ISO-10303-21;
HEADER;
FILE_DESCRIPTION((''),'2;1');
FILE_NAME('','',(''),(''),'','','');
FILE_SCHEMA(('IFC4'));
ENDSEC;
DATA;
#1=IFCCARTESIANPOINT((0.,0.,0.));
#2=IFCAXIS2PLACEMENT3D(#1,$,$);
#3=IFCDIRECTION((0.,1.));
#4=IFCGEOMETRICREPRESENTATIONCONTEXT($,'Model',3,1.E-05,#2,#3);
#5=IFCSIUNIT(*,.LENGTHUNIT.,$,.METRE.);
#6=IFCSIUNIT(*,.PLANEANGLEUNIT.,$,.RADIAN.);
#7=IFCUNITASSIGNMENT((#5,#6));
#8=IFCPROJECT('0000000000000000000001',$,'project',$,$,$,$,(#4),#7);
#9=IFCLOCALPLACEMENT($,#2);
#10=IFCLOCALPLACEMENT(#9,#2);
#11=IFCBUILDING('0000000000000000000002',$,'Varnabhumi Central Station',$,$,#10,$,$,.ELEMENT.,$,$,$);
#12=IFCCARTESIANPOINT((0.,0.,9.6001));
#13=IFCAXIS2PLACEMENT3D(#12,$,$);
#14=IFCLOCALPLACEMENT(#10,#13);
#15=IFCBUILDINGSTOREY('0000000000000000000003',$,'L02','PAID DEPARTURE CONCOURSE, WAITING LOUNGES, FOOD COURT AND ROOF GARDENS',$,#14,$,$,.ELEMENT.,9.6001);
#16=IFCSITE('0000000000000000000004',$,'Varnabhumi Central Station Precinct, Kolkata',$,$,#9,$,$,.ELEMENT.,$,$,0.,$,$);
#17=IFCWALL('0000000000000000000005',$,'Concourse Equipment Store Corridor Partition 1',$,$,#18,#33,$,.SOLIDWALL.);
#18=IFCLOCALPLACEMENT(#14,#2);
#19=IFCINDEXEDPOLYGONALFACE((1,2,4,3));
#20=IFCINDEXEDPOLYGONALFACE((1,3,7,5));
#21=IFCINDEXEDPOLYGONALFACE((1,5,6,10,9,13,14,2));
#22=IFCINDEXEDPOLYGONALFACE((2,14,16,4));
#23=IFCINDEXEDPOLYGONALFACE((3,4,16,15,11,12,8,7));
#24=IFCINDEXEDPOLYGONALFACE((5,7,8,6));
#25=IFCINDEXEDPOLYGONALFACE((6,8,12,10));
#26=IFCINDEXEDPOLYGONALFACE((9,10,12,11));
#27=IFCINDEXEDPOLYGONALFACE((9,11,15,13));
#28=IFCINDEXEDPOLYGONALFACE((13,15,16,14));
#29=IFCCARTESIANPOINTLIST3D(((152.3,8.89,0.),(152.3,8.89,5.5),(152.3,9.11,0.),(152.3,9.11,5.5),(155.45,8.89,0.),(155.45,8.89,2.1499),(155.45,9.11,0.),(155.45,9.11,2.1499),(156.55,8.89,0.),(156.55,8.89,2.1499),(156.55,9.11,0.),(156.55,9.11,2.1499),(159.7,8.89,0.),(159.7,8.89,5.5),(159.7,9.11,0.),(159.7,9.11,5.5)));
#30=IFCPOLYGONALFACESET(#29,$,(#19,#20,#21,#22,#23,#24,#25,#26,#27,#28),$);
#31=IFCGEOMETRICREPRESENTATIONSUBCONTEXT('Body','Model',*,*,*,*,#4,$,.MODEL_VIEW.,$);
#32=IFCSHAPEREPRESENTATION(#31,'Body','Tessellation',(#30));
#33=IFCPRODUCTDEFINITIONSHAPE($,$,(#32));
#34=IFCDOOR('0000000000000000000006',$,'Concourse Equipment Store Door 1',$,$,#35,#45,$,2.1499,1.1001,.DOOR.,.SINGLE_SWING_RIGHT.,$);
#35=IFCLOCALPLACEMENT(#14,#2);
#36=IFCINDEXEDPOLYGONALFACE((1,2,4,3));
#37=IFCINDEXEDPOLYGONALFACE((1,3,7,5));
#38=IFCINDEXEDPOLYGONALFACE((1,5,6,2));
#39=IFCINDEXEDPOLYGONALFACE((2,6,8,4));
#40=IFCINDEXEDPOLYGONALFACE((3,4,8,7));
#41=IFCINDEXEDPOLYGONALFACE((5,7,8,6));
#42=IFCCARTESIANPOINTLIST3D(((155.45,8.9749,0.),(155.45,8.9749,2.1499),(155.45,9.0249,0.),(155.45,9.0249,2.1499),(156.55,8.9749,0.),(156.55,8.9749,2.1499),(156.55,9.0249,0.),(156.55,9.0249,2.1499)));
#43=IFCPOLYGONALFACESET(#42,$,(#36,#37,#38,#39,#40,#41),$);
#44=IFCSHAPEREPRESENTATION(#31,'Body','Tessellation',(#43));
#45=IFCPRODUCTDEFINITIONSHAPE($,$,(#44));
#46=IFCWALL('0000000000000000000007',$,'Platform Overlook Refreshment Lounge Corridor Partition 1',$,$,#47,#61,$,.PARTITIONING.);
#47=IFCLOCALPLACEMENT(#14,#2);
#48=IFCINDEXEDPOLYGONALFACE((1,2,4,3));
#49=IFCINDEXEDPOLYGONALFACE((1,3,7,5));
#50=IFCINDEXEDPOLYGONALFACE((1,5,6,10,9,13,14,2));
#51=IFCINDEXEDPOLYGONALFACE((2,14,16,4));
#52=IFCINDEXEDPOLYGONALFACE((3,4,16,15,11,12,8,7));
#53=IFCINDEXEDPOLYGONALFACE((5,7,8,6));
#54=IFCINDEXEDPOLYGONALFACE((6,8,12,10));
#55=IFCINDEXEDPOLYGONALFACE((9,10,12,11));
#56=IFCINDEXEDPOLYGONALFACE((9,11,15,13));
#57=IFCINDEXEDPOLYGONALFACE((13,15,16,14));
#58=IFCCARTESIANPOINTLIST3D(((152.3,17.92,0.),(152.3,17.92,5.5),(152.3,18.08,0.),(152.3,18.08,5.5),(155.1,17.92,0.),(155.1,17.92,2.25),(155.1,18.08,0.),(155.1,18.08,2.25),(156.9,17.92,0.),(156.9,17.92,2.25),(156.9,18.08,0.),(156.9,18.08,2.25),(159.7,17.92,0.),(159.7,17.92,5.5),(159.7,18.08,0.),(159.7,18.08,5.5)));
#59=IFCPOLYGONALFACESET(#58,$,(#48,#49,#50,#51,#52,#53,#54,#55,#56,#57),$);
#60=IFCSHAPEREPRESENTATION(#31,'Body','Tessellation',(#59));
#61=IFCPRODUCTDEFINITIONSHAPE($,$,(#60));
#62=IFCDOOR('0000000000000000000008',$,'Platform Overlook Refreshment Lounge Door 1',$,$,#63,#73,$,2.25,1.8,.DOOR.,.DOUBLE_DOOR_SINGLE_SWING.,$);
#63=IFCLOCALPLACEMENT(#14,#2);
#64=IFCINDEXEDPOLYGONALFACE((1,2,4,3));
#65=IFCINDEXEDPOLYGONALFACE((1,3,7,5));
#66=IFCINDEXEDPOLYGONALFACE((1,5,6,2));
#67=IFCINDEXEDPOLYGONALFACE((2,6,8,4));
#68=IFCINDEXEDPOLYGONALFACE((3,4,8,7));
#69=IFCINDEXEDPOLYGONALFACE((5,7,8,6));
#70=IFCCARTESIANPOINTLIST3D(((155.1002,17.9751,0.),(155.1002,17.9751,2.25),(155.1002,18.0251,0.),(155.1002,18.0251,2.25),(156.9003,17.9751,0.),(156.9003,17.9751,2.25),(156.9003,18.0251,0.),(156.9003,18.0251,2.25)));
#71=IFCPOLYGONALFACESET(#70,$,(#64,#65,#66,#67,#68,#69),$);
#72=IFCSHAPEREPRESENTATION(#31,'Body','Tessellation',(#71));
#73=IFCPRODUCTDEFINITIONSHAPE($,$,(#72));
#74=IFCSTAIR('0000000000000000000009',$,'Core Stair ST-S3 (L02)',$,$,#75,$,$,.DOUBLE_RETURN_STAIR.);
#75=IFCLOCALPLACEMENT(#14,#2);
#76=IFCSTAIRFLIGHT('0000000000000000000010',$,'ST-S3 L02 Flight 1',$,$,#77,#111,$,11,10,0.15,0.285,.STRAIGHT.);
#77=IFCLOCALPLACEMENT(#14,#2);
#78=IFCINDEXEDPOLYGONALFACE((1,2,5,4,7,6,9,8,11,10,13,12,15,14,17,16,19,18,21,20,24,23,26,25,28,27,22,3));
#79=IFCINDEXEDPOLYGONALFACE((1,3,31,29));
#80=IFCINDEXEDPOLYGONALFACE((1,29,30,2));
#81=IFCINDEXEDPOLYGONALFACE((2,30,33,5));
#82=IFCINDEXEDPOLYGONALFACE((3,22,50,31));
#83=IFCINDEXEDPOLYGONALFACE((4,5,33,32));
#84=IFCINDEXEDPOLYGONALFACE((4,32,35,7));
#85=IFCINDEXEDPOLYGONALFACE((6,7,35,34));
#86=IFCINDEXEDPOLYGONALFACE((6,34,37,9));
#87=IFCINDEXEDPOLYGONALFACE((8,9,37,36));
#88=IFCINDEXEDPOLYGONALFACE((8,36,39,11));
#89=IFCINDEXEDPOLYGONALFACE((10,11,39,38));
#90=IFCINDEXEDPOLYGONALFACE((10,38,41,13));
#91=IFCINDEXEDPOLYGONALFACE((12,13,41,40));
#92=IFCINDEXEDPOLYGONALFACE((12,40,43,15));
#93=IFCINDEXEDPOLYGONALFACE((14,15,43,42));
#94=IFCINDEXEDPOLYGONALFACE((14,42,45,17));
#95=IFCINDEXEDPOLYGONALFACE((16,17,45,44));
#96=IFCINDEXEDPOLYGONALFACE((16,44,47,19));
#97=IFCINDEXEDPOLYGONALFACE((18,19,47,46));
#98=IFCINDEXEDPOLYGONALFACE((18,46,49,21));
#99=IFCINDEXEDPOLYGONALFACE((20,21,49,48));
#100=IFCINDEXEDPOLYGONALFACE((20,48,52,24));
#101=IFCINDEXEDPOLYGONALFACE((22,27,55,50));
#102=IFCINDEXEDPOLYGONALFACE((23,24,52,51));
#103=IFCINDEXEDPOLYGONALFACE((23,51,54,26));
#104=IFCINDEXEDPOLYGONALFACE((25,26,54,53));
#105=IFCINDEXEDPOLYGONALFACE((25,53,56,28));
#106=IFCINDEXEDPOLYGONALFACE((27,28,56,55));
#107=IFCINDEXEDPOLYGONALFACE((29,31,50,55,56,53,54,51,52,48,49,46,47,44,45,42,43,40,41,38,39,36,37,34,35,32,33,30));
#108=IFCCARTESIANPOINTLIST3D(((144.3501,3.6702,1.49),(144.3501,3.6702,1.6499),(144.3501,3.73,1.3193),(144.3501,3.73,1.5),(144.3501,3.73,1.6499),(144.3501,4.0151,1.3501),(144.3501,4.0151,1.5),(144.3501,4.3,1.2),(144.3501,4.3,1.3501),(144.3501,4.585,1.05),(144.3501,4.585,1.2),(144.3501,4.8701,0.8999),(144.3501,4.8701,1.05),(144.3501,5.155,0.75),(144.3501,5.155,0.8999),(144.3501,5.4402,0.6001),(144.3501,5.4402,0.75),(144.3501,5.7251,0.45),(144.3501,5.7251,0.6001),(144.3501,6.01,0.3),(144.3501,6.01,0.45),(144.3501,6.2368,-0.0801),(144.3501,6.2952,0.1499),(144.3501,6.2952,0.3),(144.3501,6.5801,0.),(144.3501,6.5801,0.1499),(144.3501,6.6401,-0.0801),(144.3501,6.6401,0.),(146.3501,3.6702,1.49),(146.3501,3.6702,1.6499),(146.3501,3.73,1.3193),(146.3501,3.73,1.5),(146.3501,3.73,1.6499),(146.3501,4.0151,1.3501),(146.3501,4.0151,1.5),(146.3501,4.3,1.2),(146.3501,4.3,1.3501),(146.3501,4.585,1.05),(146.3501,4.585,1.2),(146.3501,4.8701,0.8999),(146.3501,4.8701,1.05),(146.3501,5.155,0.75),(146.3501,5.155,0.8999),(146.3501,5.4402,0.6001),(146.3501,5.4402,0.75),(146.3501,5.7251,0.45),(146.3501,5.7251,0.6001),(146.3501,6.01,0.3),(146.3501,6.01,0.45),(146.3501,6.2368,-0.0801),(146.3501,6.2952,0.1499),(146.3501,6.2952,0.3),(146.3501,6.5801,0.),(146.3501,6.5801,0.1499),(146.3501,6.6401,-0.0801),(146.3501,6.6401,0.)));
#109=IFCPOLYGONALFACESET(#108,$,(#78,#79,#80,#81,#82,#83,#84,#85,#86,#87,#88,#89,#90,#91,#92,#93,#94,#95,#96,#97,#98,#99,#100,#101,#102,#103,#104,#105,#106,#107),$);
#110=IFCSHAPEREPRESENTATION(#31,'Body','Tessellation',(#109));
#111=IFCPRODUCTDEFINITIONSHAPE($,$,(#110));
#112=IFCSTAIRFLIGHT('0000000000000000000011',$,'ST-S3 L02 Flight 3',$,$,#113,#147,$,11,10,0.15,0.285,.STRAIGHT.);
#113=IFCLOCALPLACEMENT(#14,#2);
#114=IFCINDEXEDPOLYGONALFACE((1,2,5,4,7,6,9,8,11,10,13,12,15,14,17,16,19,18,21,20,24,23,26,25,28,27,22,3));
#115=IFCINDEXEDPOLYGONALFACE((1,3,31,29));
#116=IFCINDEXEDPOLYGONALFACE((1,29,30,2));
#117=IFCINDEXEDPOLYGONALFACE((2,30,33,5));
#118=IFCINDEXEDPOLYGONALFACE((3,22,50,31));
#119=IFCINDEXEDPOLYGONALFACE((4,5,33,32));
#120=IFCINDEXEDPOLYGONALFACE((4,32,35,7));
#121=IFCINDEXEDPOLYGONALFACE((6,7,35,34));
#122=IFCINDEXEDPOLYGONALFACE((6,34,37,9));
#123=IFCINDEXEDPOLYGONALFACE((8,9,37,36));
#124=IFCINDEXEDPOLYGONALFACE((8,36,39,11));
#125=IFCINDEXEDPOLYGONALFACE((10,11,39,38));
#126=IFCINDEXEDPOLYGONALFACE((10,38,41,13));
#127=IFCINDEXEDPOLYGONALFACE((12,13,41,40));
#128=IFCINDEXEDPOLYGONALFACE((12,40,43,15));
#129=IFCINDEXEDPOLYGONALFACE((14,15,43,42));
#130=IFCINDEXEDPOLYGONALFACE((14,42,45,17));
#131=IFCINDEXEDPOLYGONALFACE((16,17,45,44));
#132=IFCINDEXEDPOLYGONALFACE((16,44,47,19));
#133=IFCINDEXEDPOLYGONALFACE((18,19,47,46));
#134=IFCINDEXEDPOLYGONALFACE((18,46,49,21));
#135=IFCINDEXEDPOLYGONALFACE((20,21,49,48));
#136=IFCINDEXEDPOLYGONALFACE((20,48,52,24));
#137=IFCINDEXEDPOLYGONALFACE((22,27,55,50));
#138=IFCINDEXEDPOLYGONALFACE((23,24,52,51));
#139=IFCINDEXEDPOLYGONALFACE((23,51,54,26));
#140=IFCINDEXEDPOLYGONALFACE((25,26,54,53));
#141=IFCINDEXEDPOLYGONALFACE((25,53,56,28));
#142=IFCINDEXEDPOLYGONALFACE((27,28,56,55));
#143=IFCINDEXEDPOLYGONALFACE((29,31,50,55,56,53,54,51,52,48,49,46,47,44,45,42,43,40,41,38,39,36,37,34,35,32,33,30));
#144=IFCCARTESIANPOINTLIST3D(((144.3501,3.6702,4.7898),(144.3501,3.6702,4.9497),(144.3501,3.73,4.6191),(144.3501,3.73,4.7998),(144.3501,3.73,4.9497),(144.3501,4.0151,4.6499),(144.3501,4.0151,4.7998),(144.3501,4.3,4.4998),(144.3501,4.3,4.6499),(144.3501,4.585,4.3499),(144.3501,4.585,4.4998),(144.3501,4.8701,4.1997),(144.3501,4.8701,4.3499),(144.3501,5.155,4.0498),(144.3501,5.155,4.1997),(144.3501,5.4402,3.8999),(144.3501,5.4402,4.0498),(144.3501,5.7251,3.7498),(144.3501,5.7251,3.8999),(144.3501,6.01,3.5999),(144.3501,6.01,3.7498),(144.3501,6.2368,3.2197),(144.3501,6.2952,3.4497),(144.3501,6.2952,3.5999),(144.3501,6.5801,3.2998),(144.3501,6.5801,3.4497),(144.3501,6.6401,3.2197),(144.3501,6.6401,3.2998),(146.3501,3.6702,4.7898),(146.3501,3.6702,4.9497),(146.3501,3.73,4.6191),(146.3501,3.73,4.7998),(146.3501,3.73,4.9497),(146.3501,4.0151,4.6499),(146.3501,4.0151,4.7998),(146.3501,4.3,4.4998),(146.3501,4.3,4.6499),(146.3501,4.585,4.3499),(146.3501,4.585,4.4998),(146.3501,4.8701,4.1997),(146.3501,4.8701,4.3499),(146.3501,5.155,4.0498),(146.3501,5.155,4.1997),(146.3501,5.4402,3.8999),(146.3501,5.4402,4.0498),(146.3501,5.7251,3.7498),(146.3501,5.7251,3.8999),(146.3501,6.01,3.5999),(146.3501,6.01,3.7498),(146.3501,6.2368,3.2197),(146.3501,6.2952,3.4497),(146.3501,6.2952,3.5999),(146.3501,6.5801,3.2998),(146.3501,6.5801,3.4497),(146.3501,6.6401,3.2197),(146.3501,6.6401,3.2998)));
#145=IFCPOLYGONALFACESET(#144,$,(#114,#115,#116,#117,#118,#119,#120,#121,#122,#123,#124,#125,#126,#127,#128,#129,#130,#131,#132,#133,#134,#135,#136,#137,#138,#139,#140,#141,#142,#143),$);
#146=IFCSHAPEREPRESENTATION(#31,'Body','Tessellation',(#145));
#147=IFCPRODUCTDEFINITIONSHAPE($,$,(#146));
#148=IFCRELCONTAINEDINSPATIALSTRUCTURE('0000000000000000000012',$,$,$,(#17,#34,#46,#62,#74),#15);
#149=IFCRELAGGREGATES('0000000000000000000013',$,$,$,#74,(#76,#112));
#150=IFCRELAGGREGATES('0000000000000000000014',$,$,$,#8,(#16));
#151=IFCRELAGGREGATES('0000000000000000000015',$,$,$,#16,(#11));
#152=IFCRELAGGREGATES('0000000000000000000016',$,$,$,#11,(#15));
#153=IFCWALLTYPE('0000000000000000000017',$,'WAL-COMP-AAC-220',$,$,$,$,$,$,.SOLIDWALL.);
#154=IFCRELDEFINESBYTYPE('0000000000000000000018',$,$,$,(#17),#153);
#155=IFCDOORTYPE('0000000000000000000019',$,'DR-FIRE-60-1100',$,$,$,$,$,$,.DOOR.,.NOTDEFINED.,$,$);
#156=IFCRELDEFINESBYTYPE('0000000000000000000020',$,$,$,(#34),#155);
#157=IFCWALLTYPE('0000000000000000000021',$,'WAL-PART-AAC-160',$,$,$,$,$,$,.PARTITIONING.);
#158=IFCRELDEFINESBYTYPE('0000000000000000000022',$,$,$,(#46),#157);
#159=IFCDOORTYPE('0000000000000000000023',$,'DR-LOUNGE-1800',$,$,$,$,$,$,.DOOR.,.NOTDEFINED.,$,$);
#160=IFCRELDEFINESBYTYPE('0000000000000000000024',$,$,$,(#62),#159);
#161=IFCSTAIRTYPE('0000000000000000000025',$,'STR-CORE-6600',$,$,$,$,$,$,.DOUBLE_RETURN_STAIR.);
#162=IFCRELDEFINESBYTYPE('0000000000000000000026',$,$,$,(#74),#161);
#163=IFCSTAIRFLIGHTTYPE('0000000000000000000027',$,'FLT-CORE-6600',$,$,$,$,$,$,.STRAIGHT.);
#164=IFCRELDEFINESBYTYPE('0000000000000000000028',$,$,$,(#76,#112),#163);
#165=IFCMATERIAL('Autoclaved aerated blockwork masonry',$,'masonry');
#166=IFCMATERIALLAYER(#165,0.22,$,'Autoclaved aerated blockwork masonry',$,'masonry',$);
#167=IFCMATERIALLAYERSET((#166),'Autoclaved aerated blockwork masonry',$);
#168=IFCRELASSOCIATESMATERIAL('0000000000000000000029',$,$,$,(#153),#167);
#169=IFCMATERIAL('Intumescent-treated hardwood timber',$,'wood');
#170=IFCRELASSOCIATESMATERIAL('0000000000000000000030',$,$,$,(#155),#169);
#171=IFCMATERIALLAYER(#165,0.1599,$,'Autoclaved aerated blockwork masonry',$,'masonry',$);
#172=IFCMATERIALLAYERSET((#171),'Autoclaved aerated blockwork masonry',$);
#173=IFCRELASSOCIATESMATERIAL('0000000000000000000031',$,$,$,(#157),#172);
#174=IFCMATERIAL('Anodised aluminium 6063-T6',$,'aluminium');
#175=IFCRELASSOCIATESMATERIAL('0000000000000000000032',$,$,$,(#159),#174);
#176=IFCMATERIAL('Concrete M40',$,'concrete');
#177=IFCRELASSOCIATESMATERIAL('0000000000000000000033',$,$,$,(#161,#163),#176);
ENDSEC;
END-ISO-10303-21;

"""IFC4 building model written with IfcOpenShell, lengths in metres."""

from ifc_helpers import new_model, si_unit, direction, frame, frame_2d, origin, place, context, subcontext, project, spatial, polyline, rectangle, outline, extrude, material, layer, layer_set, type_object, element, fill, aggregate, save


model = new_model("IFC4")

# Units and contexts
model_context = context("Model", 3, precision=1e-05, world=origin(), true_north=direction((0.0, 1.0)))
body_context = subcontext(model_context, "Body", "Model", "MODEL_VIEW")
ifc_project = project(units=[si_unit("LENGTHUNIT", "METRE"), si_unit("PLANEANGLEUNIT", "RADIAN")], contexts=[model_context])

# Site, building, storey
site_placement = place(None, origin())
site = spatial("IfcSite", under=ifc_project, at=site_placement, Name="Varnabhumi Central Station Precinct, Kolkata", CompositionType="ELEMENT", RefElevation=0.0)
building_placement = place(site_placement, origin())
building = spatial("IfcBuilding", under=site, at=building_placement, Name="Varnabhumi Central Station", CompositionType="ELEMENT")
storey_placement = place(building_placement, frame((0.0, 0.0, 9.6001)))
storey = spatial("IfcBuildingStorey", under=building, at=storey_placement, Name="L02", Description="PAID DEPARTURE CONCOURSE, WAITING LOUNGES, FOOD COURT AND ROOF GARDENS", CompositionType="ELEMENT", Elevation=9.6001)

# Shared definitions
ifc_material_1 = material(Name="Concrete M40", Category="concrete")

# Walls, openings, doors
ifc_material_2 = material(Name="Autoclaved aerated blockwork masonry", Category="masonry")
ifc_layer_1 = layer(ifc_material_2, 0.22, Name="Autoclaved aerated blockwork masonry", Category="masonry")
ifc_layer_set_1 = layer_set([ifc_layer_1], Name="Autoclaved aerated blockwork masonry")
wall_type_1 = type_object("IfcWallType", Name="WAL-COMP-AAC-220", PredefinedType="SOLIDWALL", material=ifc_layer_set_1)
wall_1_placement = place(storey_placement, frame((152.3, 9.0, 0.0), z_axis=(0.0, 0.0, 1.0), x_axis=(1.0, 0.0, 0.0)))
wall_1 = element("IfcWall", 1, at=wall_1_placement, inside=storey, type_object=wall_type_1, Name="Concourse Equipment Store Corridor Partition 1", PredefinedType="SOLIDWALL", context=body_context, shape_type="SweptSolid", body=[
    extrude(rectangle(XDim=7.3999, YDim=0.22, at=frame_2d((3.7, 0.0))), origin(), (0.0, 0.0, 1.0), 5.5),
])
opening_1_placement = place(wall_1_placement, frame((3.1499, 0.0, 0.0)))
opening_1 = element("IfcOpeningElement", 2, at=opening_1_placement, cuts=wall_1, PredefinedType="OPENING", context=body_context, shape_type="SweptSolid", body=[
    extrude(rectangle(XDim=1.1001, YDim=2.1499, at=frame_2d((0.55, 1.075))), frame((0.0, 0.1199, 0.0), z_axis=(0.0, -1.0, 0.0), x_axis=(1.0, 0.0, 0.0)), (0.0, 0.0, 1.0), 0.24),
])
ifc_material_3 = material(Name="Intumescent-treated hardwood timber", Category="wood")
door_type_1 = type_object("IfcDoorType", Name="DR-FIRE-60-1100", OperationType="NOTDEFINED", PredefinedType="DOOR", material=ifc_material_3)
door_1_placement = place(opening_1_placement, origin())
door_1 = element("IfcDoor", 3, at=door_1_placement, inside=storey, type_object=door_type_1, Name="Concourse Equipment Store Door 1", OperationType="SINGLE_SWING_RIGHT", OverallHeight=2.1499, OverallWidth=1.1001, PredefinedType="DOOR", context=body_context, shape_type="SweptSolid", body=[
    extrude(rectangle(XDim=1.1001, YDim=2.1499, at=frame_2d((0.55, 1.075))), frame((0.0, 0.0249, 0.0), z_axis=(0.0, -1.0, 0.0), x_axis=(1.0, 0.0, 0.0)), (0.0, 0.0, 1.0), 0.05),
])
fill(opening_1, door_1)
ifc_layer_2 = layer(ifc_material_2, 0.1599, Name="Autoclaved aerated blockwork masonry", Category="masonry")
ifc_layer_set_2 = layer_set([ifc_layer_2], Name="Autoclaved aerated blockwork masonry")
wall_type_2 = type_object("IfcWallType", Name="WAL-PART-AAC-160", PredefinedType="PARTITIONING", material=ifc_layer_set_2)
wall_2_placement = place(storey_placement, frame((152.3, 18.0, 0.0), z_axis=(0.0, 0.0, 1.0), x_axis=(1.0, 0.0, 0.0)))
wall_2 = element("IfcWall", 4, at=wall_2_placement, inside=storey, type_object=wall_type_2, Name="Platform Overlook Refreshment Lounge Corridor Partition 1", PredefinedType="PARTITIONING", context=body_context, shape_type="SweptSolid", body=[
    extrude(rectangle(XDim=7.3999, YDim=0.1599, at=frame_2d((3.7, 0.0))), origin(), (0.0, 0.0, 1.0), 5.5),
])
opening_2_placement = place(wall_2_placement, frame((2.8, 0.0, 0.0)))
opening_2 = element("IfcOpeningElement", 5, at=opening_2_placement, cuts=wall_2, PredefinedType="OPENING", context=body_context, shape_type="SweptSolid", body=[
    extrude(rectangle(XDim=1.8, YDim=2.25, at=frame_2d((0.8999, 1.125))), frame((0.0, 0.0898, 0.0), z_axis=(0.0, -1.0, 0.0), x_axis=(1.0, 0.0, 0.0)), (0.0, 0.0, 1.0), 0.1799),
])
ifc_material_4 = material(Name="Anodised aluminium 6063-T6", Category="aluminium")
door_type_2 = type_object("IfcDoorType", Name="DR-LOUNGE-1800", OperationType="NOTDEFINED", PredefinedType="DOOR", material=ifc_material_4)
door_2_placement = place(opening_2_placement, frame((1.8, 0.0, 0.0), z_axis=(0.0, 0.0, 1.0), x_axis=(-1.0, 0.0, 0.0)))
door_2 = element("IfcDoor", 6, at=door_2_placement, inside=storey, type_object=door_type_2, Name="Platform Overlook Refreshment Lounge Door 1", OperationType="DOUBLE_DOOR_SINGLE_SWING", OverallHeight=2.25, OverallWidth=1.8, PredefinedType="DOOR", context=body_context, shape_type="SweptSolid", body=[
    extrude(rectangle(XDim=1.8, YDim=2.25, at=frame_2d((0.8999, 1.125))), frame((0.0, 0.0249, 0.0), z_axis=(0.0, -1.0, 0.0), x_axis=(1.0, 0.0, 0.0)), (0.0, 0.0, 1.0), 0.05),
])
fill(opening_2, door_2)

# Stair, stair flights
stair_type = type_object("IfcStairType", Name="STR-CORE-6600", PredefinedType="DOUBLE_RETURN_STAIR", material=ifc_material_1)
stair_placement = place(storey_placement, origin())
stair = element("IfcStair", 7, at=stair_placement, inside=storey, type_object=stair_type, Name="Core Stair ST-S3 (L02)", PredefinedType="DOUBLE_RETURN_STAIR")
stair_flight_type = type_object("IfcStairFlightType", Name="FLT-CORE-6600", PredefinedType="STRAIGHT", material=ifc_material_1)
stair_flight_1_placement = place(storey_placement, frame((145.3501, 6.5801, 0.0), z_axis=(0.0, 0.0, 1.0), x_axis=(0.0, -1.0, 0.0)))
stair_flight_1 = element("IfcStairFlight", 8, at=stair_flight_1_placement, type_object=stair_flight_type, Name="ST-S3 L02 Flight 1", NumberOfRisers=11, NumberOfTreads=10, PredefinedType="STRAIGHT", RiserHeight=0.15, TreadLength=0.285, context=body_context, shape_type="SweptSolid", body=[
    extrude(outline(polyline([(-0.0601, -0.0801), (-0.0601, 0.0), (0.0, 0.0), (0.0, 0.1499), (0.2849, 0.1499), (0.2849, 0.3), (0.5701, 0.3), (0.5701, 0.45), (0.855, 0.45), (0.855, 0.6001), (1.1399, 0.6001), (1.1399, 0.75), (1.425, 0.75), (1.425, 0.8999), (1.71, 0.8999), (1.71, 1.05), (1.9951, 1.05), (1.9951, 1.2), (2.28, 1.2), (2.28, 1.3501), (2.5649, 1.3501), (2.5649, 1.5), (2.8501, 1.5), (2.8501, 1.6499), (2.9099, 1.6499), (2.9099, 1.49), (2.8501, 1.3193), (0.3433, -0.0801), (-0.0601, -0.0801)])), frame((0.0, 1.0, 0.0), z_axis=(0.0, -1.0, 0.0), x_axis=(1.0, 0.0, 0.0)), (0.0, 0.0, 1.0), 2.0),
])
stair_flight_2_placement = place(storey_placement, frame((145.3501, 6.5801, 3.2998), z_axis=(0.0, 0.0, 1.0), x_axis=(0.0, -1.0, 0.0)))
stair_flight_2 = element("IfcStairFlight", 9, at=stair_flight_2_placement, type_object=stair_flight_type, Name="ST-S3 L02 Flight 3", NumberOfRisers=11, NumberOfTreads=10, PredefinedType="STRAIGHT", RiserHeight=0.15, TreadLength=0.285, context=body_context, shape_type="SweptSolid", body=[
    extrude(outline(polyline([(-0.0601, -0.0801), (-0.0601, 0.0), (0.0, 0.0), (0.0, 0.1499), (0.2849, 0.1499), (0.2849, 0.3), (0.5701, 0.3), (0.5701, 0.45), (0.855, 0.45), (0.855, 0.6001), (1.1399, 0.6001), (1.1399, 0.75), (1.425, 0.75), (1.425, 0.8999), (1.71, 0.8999), (1.71, 1.05), (1.9951, 1.05), (1.9951, 1.2), (2.28, 1.2), (2.28, 1.3501), (2.5649, 1.3501), (2.5649, 1.5), (2.8501, 1.5), (2.8501, 1.6499), (2.9099, 1.6499), (2.9099, 1.49), (2.8501, 1.3193), (0.3433, -0.0801), (-0.0601, -0.0801)])), frame((0.0, 1.0, 0.0), z_axis=(0.0, -1.0, 0.0), x_axis=(1.0, 0.0, 0.0)), (0.0, 0.0, 1.0), 2.0),
])
aggregate(stair, [stair_flight_1, stair_flight_2])

save(model, "model.ifc")
